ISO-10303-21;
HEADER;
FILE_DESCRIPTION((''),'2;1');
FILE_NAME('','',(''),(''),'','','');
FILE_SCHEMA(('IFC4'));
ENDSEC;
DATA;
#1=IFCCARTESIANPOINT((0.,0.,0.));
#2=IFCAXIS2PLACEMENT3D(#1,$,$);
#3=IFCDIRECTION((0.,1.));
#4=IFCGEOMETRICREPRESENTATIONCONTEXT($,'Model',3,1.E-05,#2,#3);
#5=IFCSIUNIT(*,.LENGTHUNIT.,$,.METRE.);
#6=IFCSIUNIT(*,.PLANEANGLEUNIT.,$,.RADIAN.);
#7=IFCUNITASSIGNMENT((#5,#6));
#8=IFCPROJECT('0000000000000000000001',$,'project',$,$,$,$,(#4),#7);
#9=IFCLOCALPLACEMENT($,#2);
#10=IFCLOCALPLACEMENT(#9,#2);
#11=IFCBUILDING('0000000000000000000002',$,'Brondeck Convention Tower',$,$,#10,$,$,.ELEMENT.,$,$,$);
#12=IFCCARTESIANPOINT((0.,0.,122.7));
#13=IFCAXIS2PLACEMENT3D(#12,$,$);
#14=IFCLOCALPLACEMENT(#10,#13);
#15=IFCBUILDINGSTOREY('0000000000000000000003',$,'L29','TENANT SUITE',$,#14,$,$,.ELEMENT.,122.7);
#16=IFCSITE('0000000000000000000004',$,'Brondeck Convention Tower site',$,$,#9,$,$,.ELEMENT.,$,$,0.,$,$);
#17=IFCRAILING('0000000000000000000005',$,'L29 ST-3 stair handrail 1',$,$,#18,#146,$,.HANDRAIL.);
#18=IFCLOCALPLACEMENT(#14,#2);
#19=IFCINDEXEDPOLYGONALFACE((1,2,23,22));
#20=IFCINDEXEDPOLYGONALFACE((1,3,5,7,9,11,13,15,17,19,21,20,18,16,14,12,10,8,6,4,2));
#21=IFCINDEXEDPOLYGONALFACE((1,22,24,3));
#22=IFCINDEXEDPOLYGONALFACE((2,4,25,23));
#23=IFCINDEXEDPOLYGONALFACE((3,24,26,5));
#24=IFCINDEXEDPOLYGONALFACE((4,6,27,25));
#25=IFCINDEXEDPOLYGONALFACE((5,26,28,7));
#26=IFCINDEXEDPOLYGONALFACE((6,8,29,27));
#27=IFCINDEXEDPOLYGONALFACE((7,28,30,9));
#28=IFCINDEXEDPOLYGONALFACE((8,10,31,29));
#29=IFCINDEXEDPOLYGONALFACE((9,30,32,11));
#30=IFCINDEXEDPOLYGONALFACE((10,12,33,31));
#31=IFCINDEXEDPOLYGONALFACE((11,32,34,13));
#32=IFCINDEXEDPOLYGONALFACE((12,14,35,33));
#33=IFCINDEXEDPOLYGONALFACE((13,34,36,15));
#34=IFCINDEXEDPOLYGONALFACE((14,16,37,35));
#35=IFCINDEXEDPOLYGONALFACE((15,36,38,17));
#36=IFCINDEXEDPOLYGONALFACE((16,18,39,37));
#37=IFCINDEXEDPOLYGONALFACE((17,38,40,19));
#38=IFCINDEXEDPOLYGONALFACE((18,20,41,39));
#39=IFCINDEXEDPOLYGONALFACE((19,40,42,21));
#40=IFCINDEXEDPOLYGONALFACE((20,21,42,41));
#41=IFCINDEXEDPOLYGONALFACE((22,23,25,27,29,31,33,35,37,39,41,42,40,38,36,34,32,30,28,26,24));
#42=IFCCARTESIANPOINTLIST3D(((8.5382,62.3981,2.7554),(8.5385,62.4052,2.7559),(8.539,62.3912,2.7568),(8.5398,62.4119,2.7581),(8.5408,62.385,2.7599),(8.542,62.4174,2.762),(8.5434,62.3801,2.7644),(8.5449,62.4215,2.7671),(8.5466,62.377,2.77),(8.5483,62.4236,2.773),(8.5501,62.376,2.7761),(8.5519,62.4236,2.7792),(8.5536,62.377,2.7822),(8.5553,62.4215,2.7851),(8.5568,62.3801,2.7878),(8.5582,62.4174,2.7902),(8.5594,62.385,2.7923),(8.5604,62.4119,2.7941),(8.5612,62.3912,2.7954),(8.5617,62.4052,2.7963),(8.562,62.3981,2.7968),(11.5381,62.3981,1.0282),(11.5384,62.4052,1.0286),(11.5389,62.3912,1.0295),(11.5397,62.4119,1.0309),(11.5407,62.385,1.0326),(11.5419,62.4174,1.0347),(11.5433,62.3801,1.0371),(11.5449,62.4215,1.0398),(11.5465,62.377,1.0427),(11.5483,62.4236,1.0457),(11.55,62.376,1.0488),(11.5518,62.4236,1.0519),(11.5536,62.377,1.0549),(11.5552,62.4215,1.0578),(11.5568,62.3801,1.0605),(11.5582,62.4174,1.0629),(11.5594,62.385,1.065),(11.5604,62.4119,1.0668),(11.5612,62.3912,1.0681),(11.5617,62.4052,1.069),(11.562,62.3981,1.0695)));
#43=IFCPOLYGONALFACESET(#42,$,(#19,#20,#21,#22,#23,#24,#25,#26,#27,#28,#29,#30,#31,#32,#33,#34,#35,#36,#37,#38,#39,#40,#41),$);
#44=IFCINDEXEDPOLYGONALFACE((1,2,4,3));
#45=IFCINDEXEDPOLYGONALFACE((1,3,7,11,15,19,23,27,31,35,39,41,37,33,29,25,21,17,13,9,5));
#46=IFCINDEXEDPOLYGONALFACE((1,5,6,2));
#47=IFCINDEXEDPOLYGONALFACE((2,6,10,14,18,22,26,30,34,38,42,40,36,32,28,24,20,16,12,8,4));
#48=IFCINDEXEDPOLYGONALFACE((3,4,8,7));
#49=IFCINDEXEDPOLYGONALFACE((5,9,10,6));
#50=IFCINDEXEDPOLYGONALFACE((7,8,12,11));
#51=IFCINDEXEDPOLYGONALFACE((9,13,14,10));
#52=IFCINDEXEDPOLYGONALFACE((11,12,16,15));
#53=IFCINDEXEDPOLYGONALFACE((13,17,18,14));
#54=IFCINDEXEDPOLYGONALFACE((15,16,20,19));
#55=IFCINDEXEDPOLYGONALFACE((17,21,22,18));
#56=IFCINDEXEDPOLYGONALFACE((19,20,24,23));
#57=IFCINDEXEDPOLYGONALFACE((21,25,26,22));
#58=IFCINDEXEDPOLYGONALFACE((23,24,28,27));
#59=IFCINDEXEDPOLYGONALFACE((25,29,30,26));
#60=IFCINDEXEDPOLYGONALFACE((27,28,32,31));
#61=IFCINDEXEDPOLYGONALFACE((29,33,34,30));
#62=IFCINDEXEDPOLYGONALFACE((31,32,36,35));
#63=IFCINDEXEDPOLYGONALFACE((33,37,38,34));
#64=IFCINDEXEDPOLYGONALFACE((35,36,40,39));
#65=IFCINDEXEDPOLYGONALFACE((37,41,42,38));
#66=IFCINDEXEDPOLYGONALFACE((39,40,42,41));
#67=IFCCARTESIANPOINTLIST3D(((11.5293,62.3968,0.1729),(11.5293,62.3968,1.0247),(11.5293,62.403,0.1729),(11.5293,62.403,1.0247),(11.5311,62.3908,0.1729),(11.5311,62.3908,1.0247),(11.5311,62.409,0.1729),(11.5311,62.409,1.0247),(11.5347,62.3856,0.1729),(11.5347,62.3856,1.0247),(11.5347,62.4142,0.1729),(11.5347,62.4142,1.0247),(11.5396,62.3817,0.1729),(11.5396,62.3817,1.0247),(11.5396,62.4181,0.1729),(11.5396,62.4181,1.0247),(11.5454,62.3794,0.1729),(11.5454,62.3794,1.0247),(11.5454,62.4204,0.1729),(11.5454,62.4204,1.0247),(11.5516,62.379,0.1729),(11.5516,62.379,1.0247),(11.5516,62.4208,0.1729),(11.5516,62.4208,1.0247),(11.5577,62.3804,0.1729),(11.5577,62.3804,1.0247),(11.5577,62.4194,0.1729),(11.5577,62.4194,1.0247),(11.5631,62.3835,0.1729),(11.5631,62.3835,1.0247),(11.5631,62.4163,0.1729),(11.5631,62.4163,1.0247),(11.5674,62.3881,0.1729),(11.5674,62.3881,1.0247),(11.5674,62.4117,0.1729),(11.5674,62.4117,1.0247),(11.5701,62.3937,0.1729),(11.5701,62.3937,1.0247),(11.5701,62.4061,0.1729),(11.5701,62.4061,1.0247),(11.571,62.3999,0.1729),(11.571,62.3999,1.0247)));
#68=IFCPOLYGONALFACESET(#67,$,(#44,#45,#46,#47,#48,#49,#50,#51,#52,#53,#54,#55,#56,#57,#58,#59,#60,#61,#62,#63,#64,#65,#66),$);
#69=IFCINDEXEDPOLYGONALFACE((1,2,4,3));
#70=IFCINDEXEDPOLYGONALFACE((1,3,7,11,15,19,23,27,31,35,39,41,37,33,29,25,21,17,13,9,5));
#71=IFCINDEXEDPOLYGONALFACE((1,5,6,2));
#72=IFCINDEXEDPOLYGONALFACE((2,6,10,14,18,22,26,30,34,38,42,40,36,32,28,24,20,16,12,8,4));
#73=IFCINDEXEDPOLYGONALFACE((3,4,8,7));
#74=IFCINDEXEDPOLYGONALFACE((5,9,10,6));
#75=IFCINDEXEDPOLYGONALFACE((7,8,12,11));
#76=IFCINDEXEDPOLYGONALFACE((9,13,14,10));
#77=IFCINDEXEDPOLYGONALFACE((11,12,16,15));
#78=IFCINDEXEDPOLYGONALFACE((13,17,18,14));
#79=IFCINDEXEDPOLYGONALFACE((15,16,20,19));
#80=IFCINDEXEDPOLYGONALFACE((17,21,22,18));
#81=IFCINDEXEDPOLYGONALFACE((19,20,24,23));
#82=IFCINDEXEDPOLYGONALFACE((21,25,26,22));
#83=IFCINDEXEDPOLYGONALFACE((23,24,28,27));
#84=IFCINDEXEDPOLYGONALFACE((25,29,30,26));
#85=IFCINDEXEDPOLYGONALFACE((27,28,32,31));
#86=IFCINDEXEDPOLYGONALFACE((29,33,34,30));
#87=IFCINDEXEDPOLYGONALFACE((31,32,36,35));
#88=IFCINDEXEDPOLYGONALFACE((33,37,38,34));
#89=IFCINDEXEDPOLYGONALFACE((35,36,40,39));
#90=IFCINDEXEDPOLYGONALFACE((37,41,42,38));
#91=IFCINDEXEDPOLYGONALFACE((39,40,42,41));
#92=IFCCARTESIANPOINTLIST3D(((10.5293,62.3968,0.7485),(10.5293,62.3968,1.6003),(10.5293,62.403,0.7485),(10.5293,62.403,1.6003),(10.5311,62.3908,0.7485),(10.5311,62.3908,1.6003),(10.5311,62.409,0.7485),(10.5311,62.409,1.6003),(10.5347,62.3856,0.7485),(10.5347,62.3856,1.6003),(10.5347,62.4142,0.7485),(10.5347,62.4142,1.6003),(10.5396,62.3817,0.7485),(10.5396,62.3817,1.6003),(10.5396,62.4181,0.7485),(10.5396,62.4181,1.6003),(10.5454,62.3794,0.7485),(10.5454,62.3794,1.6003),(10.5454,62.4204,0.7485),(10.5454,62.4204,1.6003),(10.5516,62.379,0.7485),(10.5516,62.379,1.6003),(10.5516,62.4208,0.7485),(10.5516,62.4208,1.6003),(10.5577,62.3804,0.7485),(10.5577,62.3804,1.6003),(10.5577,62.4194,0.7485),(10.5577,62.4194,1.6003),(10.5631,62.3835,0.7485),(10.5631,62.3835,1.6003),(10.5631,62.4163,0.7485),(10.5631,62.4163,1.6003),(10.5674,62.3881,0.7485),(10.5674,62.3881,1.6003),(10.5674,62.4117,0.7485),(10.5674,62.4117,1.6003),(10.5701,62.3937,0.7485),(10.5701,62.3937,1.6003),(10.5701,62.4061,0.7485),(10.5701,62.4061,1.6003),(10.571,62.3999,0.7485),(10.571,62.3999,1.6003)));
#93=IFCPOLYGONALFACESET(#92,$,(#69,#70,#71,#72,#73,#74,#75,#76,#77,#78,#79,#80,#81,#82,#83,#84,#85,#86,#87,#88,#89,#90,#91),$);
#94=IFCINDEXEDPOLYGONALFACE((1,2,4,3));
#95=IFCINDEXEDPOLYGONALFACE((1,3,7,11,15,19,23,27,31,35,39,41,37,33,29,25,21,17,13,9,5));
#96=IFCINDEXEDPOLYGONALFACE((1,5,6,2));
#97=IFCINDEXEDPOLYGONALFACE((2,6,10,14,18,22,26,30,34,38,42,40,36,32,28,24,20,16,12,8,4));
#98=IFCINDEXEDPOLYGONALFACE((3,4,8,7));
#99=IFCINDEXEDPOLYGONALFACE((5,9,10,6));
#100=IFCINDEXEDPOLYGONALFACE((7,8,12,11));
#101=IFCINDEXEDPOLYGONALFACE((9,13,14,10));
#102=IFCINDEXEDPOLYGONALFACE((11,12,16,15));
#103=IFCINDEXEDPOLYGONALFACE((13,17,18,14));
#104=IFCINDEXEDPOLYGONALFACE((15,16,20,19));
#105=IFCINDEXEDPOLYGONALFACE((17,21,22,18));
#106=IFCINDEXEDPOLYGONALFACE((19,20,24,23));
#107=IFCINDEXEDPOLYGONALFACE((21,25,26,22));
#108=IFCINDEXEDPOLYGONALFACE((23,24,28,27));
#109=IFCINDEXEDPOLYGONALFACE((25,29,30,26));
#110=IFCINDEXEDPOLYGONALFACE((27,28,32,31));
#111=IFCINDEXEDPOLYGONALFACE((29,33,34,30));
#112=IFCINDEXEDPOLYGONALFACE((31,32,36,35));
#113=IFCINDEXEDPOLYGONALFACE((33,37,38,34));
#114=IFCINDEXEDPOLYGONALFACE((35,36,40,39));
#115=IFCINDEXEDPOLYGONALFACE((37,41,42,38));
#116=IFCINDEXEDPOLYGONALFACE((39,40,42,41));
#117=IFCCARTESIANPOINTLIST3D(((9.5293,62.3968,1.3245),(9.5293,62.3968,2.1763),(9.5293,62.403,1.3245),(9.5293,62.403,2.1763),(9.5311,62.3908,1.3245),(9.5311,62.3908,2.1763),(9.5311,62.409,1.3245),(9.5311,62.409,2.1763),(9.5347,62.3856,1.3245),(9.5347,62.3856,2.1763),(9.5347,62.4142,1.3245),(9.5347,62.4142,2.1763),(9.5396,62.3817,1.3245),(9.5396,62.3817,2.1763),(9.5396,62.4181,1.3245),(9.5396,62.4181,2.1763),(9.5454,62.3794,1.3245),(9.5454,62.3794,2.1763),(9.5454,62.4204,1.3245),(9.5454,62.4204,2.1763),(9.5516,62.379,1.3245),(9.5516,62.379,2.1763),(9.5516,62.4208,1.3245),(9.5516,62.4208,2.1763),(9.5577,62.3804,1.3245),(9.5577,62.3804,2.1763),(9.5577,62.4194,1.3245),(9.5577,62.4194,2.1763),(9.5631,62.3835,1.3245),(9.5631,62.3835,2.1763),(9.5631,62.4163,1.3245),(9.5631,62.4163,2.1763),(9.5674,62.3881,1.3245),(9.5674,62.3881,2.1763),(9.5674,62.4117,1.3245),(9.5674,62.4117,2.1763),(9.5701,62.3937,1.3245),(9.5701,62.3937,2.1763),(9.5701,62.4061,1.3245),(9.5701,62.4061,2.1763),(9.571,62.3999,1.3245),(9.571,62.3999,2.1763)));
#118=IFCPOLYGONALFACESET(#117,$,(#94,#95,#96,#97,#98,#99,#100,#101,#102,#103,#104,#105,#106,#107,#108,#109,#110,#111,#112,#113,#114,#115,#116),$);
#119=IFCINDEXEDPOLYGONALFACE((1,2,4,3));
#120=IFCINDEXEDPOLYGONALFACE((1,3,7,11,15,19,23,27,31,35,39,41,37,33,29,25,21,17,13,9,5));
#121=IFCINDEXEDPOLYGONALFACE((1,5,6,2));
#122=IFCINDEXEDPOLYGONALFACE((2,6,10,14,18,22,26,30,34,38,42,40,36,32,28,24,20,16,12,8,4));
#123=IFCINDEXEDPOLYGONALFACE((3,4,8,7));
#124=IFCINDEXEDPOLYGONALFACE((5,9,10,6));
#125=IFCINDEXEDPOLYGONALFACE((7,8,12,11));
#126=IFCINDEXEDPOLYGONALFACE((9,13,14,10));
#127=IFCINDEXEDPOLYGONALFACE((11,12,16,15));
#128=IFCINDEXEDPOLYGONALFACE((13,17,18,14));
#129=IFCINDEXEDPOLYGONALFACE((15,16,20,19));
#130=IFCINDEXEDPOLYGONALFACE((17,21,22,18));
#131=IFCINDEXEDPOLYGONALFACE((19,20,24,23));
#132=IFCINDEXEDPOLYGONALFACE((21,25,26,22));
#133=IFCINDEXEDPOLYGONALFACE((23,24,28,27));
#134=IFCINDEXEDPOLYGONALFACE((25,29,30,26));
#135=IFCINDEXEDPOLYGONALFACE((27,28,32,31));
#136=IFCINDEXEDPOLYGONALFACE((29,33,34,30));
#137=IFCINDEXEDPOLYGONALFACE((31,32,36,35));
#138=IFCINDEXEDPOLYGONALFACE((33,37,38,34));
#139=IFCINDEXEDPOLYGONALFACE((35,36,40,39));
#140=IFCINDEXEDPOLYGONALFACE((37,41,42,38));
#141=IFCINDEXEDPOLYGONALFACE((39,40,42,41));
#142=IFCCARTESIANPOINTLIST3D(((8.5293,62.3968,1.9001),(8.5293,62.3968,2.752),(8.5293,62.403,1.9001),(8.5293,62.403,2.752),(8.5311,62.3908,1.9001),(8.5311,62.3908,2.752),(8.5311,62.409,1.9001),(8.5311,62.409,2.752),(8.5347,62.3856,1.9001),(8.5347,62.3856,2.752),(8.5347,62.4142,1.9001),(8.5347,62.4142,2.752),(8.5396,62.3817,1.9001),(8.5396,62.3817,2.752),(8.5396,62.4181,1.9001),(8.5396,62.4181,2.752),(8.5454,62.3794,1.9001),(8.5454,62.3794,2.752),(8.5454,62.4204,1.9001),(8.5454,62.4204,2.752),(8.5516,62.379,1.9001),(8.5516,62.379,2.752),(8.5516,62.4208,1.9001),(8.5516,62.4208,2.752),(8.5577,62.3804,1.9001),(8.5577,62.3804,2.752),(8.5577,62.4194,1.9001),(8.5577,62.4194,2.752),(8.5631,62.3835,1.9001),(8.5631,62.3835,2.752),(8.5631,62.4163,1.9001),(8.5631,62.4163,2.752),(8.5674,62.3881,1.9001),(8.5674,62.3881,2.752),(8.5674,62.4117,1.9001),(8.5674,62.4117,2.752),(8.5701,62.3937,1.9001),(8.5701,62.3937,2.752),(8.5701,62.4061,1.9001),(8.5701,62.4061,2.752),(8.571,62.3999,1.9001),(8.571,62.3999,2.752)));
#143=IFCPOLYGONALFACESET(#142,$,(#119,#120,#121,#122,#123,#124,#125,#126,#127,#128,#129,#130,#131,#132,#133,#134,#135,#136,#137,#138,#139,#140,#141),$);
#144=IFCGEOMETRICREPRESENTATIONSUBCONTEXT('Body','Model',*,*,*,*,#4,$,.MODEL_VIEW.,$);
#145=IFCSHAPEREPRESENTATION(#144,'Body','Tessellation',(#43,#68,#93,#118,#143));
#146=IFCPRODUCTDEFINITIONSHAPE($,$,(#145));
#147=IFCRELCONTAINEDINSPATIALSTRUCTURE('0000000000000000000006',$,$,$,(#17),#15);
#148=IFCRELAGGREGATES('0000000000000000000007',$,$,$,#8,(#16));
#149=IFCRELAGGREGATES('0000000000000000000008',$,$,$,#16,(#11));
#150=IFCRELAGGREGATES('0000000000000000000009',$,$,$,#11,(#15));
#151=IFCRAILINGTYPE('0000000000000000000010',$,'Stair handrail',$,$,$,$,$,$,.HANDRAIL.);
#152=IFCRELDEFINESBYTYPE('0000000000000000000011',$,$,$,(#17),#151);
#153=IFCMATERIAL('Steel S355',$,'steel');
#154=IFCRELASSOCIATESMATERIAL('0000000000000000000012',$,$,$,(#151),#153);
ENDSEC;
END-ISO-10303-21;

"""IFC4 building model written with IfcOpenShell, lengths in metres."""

from ifc_helpers import new_model, si_unit, direction, frame, origin, origin_2d, place, context, subcontext, project, spatial, circle, extrude, material, type_object, element, save


model = new_model("IFC4")

# Units and contexts
model_context = context("Model", 3, precision=1e-05, world=origin(), true_north=direction((0.0, 1.0)))
body_context = subcontext(model_context, "Body", "Model", "MODEL_VIEW")
ifc_project = project(units=[si_unit("LENGTHUNIT", "METRE"), si_unit("PLANEANGLEUNIT", "RADIAN")], contexts=[model_context])

# Site, building, storey
site_placement = place(None, origin())
site = spatial("IfcSite", under=ifc_project, at=site_placement, Name="Brondeck Convention Tower site", CompositionType="ELEMENT", RefElevation=0.0)
building_placement = place(site_placement, origin())
building = spatial("IfcBuilding", under=site, at=building_placement, Name="Brondeck Convention Tower", CompositionType="ELEMENT")
storey_placement = place(building_placement, frame((0.0, 0.0, 122.7)))
storey = spatial("IfcBuildingStorey", under=building, at=storey_placement, Name="L29", Description="TENANT SUITE", CompositionType="ELEMENT", Elevation=122.7)

# Railing
ifc_material_1 = material(Name="Steel S355", Category="steel")
railing_type_1 = type_object("IfcRailingType", Name="Stair handrail", PredefinedType="HANDRAIL", material=ifc_material_1)
railing_1_placement = place(storey_placement, frame((11.55, 62.3999, 0.1729)))
element("IfcRailing", 1, at=railing_1_placement, inside=storey, type_object=railing_type_1, Name="L29 ST-3 stair handrail 1", PredefinedType="HANDRAIL", context=body_context, shape_type="SweptSolid", body=[
    extrude(circle(Radius=0.0239, at=origin_2d()), frame((0.0, 0.0, 0.876), z_axis=(-0.86662, 0.0, 0.498969), x_axis=(0.0, -1.0, 0.0)), (0.0, 0.0, 1.0), 3.4617),
    extrude(circle(Radius=0.021, at=origin_2d()), origin(), (0.0, 0.0, 1.0), 0.8518),
    extrude(circle(Radius=0.021, at=origin_2d()), frame((-1.0, 0.0, 0.5757)), (0.0, 0.0, 1.0), 0.8518),
    extrude(circle(Radius=0.021, at=origin_2d()), frame((-2.0, 0.0, 1.1516)), (0.0, 0.0, 1.0), 0.8518),
    extrude(circle(Radius=0.021, at=origin_2d()), frame((-3.0, 0.0, 1.7273)), (0.0, 0.0, 1.0), 0.8518),
])

save(model, "model.ifc")
